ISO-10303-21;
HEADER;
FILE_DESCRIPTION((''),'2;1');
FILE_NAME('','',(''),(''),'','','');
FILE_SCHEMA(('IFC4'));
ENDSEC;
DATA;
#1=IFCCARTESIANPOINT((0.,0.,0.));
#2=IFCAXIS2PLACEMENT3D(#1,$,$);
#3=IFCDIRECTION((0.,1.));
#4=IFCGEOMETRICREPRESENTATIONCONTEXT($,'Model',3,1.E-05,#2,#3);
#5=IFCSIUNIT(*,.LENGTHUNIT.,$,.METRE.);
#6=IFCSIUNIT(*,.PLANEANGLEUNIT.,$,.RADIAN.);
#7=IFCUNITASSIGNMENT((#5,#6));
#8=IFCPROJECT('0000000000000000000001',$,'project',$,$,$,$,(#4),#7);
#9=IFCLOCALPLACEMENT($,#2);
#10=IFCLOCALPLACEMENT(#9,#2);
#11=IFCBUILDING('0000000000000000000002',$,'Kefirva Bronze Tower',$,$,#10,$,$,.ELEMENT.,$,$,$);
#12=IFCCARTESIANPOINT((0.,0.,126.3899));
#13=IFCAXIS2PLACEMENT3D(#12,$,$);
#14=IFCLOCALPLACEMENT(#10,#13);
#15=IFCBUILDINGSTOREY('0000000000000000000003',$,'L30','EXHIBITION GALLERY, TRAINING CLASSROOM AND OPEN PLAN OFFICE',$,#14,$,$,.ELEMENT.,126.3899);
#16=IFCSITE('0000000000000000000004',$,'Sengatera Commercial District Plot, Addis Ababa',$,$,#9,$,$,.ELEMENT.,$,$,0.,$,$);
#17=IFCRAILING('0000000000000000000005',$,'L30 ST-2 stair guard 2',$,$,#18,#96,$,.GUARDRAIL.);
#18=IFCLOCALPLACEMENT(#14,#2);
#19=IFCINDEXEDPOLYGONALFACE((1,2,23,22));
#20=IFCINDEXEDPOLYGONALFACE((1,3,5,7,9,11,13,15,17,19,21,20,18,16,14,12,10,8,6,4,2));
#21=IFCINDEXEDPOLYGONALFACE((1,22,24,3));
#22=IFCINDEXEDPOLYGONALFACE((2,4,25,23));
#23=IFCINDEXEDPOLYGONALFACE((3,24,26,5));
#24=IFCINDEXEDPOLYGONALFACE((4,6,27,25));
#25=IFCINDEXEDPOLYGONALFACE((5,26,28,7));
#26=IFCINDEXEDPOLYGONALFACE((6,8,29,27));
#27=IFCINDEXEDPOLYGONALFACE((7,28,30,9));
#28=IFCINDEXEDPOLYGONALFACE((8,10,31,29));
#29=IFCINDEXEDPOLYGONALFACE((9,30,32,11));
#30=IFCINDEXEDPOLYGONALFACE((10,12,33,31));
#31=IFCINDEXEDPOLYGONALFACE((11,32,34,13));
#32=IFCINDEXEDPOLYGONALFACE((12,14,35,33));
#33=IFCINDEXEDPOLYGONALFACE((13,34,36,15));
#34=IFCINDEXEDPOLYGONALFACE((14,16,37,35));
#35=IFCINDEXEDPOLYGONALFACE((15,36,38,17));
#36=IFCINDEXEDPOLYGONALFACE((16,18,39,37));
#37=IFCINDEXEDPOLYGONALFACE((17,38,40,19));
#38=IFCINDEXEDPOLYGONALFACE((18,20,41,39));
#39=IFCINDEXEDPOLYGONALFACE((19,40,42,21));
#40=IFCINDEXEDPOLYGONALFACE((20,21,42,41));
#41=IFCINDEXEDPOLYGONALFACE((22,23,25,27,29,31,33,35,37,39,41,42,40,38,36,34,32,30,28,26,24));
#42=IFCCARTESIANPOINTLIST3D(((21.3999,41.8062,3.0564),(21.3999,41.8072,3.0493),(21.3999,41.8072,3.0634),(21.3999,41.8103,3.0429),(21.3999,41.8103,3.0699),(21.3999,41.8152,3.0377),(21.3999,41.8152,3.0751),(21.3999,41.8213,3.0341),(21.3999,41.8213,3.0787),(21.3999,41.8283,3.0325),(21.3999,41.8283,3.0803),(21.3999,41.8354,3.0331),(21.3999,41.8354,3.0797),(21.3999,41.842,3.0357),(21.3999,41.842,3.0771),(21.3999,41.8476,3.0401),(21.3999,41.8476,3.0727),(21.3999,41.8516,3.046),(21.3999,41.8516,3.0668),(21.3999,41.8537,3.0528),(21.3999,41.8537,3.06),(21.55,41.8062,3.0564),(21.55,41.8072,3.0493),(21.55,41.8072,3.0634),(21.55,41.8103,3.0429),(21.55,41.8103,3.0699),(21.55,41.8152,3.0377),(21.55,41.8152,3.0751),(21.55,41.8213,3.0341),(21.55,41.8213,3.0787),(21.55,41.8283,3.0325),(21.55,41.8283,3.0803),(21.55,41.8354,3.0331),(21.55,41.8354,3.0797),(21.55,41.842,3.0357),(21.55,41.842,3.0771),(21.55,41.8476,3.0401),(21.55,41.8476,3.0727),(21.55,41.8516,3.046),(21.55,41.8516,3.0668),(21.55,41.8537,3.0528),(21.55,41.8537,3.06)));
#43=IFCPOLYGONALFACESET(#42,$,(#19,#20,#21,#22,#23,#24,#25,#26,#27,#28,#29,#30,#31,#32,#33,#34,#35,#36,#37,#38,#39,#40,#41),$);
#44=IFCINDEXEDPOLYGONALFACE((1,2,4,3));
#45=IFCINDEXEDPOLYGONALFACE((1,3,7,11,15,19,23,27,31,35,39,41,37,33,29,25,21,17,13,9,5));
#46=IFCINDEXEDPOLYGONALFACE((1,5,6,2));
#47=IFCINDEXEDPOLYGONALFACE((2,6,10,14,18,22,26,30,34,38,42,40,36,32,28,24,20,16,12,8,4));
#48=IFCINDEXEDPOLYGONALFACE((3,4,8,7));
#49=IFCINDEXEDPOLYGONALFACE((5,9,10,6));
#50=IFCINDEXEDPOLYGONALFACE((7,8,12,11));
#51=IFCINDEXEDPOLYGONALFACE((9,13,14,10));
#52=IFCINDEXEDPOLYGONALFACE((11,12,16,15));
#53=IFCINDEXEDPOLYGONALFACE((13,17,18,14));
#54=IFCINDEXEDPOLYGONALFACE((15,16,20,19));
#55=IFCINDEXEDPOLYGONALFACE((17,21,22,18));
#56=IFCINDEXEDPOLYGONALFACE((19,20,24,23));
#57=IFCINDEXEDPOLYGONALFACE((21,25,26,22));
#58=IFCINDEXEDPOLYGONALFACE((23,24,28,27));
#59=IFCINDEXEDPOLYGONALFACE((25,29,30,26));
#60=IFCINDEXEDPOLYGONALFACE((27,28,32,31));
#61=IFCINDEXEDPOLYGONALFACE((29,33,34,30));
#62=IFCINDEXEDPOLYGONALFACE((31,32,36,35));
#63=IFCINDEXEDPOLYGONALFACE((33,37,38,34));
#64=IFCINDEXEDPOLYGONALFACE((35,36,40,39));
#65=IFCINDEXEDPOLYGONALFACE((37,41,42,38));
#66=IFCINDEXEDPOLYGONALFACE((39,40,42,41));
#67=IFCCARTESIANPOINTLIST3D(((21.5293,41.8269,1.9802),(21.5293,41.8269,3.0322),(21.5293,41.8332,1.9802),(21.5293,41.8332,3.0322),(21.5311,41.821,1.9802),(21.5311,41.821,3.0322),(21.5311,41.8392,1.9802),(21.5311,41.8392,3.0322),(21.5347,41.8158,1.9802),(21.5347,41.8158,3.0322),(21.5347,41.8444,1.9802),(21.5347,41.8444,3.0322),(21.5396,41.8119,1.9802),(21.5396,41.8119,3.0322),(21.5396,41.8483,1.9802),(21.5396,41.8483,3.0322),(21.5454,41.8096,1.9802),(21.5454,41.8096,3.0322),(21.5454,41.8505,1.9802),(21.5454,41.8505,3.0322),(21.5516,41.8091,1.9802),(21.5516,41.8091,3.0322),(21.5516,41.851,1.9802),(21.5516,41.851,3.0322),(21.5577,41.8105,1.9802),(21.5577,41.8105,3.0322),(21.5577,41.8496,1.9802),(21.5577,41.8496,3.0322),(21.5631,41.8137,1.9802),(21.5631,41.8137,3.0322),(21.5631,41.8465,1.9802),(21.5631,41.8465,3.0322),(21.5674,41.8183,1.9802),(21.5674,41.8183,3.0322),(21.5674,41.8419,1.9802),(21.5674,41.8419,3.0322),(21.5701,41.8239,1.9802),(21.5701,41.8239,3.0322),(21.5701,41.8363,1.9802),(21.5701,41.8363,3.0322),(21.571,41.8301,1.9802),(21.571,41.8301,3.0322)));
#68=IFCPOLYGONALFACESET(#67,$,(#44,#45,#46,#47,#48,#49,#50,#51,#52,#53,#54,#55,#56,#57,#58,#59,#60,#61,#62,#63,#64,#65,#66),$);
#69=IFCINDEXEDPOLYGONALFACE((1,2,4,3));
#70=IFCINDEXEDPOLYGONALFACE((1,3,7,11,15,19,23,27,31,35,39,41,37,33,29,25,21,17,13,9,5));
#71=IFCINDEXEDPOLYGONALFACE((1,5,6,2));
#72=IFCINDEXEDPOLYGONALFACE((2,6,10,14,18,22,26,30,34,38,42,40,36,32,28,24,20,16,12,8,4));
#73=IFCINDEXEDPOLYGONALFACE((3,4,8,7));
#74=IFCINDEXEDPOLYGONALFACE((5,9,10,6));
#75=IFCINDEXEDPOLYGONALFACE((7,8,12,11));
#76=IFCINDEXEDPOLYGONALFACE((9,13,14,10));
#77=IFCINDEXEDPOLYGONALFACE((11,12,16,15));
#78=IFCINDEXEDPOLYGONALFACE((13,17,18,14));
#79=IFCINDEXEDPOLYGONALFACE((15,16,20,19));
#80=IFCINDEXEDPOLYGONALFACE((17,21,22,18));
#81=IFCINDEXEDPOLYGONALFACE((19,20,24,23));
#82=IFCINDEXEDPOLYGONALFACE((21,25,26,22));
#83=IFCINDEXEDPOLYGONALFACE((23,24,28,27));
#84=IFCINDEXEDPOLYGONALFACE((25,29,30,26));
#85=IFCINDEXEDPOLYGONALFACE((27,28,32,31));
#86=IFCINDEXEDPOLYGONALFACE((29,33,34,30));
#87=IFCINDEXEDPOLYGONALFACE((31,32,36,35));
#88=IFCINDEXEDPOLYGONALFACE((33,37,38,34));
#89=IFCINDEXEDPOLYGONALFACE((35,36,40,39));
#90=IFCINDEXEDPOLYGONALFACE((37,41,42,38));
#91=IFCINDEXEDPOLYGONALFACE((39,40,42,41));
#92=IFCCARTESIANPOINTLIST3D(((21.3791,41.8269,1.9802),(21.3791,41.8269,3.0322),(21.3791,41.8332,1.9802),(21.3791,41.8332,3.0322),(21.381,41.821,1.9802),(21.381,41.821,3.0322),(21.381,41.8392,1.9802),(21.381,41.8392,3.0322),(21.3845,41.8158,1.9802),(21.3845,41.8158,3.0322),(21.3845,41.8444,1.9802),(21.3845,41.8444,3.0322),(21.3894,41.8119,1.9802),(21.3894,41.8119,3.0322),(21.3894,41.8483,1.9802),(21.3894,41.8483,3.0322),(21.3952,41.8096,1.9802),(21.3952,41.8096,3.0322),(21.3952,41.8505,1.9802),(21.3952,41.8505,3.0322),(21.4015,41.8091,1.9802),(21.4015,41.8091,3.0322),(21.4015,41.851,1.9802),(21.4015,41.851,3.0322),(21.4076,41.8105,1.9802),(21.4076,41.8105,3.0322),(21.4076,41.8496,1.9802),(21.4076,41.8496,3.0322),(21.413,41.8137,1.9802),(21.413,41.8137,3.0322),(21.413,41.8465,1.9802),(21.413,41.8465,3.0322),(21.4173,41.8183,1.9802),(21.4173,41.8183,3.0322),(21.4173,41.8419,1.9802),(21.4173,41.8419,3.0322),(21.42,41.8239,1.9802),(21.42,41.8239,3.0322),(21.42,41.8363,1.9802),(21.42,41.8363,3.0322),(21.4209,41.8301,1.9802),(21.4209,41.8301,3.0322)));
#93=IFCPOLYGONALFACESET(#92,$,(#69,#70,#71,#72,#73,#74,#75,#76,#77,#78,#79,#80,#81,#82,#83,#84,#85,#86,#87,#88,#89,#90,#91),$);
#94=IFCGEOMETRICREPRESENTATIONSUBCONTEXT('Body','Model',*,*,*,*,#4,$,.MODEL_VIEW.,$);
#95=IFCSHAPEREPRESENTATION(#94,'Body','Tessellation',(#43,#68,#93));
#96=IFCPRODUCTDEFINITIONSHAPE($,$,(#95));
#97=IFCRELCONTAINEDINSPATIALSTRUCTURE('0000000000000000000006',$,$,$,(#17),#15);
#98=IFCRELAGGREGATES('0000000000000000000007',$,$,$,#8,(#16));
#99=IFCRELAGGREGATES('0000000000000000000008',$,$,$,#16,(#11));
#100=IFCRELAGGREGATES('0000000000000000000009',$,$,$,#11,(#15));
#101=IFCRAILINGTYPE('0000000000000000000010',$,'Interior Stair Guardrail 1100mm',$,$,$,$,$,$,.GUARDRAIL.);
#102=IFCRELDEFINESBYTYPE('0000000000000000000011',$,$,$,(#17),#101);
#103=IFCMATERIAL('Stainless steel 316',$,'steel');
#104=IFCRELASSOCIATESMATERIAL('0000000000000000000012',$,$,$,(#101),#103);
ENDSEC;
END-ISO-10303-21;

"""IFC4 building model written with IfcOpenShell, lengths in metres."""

from ifc_helpers import new_model, si_unit, direction, frame, origin, origin_2d, place, context, subcontext, project, spatial, circle, extrude, material, type_object, element, save


model = new_model("IFC4")

# Units and contexts
model_context = context("Model", 3, precision=1e-05, world=origin(), true_north=direction((0.0, 1.0)))
body_context = subcontext(model_context, "Body", "Model", "MODEL_VIEW")
ifc_project = project(units=[si_unit("LENGTHUNIT", "METRE"), si_unit("PLANEANGLEUNIT", "RADIAN")], contexts=[model_context])

# Site, building, storey
site_placement = place(None, origin())
site = spatial("IfcSite", under=ifc_project, at=site_placement, Name="Sengatera Commercial District Plot, Addis Ababa", CompositionType="ELEMENT", RefElevation=0.0)
building_placement = place(site_placement, origin())
building = spatial("IfcBuilding", under=site, at=building_placement, Name="Kefirva Bronze Tower", CompositionType="ELEMENT")
storey_placement = place(building_placement, frame((0.0, 0.0, 126.3899)))
storey = spatial("IfcBuildingStorey", under=building, at=storey_placement, Name="L30", Description="EXHIBITION GALLERY, TRAINING CLASSROOM AND OPEN PLAN OFFICE", CompositionType="ELEMENT", Elevation=126.3899)

# Railing
ifc_material_1 = material(Name="Stainless steel 316", Category="steel")
railing_type_1 = type_object("IfcRailingType", Name="Interior Stair Guardrail 1100mm", PredefinedType="GUARDRAIL", material=ifc_material_1)
railing_1_placement = place(storey_placement, frame((21.55, 41.8301, 1.9802)))
element("IfcRailing", 1, at=railing_1_placement, inside=storey, type_object=railing_type_1, Name="L30 ST-2 stair guard 2", PredefinedType="GUARDRAIL", context=body_context, shape_type="SweptSolid", body=[
    extrude(circle(Radius=0.0239, at=origin_2d()), frame((0.0, 0.0, 1.0762), z_axis=(-1.0, 0.0, 0.0), x_axis=(0.0, -1.0, 0.0)), (0.0, 0.0, 1.0), 0.1501),
    extrude(circle(Radius=0.021, at=origin_2d()), origin(), (0.0, 0.0, 1.0), 1.052),
    extrude(circle(Radius=0.021, at=origin_2d()), frame((-0.1501, 0.0, 0.0)), (0.0, 0.0, 1.0), 1.052),
])

save(model, "model.ifc")
